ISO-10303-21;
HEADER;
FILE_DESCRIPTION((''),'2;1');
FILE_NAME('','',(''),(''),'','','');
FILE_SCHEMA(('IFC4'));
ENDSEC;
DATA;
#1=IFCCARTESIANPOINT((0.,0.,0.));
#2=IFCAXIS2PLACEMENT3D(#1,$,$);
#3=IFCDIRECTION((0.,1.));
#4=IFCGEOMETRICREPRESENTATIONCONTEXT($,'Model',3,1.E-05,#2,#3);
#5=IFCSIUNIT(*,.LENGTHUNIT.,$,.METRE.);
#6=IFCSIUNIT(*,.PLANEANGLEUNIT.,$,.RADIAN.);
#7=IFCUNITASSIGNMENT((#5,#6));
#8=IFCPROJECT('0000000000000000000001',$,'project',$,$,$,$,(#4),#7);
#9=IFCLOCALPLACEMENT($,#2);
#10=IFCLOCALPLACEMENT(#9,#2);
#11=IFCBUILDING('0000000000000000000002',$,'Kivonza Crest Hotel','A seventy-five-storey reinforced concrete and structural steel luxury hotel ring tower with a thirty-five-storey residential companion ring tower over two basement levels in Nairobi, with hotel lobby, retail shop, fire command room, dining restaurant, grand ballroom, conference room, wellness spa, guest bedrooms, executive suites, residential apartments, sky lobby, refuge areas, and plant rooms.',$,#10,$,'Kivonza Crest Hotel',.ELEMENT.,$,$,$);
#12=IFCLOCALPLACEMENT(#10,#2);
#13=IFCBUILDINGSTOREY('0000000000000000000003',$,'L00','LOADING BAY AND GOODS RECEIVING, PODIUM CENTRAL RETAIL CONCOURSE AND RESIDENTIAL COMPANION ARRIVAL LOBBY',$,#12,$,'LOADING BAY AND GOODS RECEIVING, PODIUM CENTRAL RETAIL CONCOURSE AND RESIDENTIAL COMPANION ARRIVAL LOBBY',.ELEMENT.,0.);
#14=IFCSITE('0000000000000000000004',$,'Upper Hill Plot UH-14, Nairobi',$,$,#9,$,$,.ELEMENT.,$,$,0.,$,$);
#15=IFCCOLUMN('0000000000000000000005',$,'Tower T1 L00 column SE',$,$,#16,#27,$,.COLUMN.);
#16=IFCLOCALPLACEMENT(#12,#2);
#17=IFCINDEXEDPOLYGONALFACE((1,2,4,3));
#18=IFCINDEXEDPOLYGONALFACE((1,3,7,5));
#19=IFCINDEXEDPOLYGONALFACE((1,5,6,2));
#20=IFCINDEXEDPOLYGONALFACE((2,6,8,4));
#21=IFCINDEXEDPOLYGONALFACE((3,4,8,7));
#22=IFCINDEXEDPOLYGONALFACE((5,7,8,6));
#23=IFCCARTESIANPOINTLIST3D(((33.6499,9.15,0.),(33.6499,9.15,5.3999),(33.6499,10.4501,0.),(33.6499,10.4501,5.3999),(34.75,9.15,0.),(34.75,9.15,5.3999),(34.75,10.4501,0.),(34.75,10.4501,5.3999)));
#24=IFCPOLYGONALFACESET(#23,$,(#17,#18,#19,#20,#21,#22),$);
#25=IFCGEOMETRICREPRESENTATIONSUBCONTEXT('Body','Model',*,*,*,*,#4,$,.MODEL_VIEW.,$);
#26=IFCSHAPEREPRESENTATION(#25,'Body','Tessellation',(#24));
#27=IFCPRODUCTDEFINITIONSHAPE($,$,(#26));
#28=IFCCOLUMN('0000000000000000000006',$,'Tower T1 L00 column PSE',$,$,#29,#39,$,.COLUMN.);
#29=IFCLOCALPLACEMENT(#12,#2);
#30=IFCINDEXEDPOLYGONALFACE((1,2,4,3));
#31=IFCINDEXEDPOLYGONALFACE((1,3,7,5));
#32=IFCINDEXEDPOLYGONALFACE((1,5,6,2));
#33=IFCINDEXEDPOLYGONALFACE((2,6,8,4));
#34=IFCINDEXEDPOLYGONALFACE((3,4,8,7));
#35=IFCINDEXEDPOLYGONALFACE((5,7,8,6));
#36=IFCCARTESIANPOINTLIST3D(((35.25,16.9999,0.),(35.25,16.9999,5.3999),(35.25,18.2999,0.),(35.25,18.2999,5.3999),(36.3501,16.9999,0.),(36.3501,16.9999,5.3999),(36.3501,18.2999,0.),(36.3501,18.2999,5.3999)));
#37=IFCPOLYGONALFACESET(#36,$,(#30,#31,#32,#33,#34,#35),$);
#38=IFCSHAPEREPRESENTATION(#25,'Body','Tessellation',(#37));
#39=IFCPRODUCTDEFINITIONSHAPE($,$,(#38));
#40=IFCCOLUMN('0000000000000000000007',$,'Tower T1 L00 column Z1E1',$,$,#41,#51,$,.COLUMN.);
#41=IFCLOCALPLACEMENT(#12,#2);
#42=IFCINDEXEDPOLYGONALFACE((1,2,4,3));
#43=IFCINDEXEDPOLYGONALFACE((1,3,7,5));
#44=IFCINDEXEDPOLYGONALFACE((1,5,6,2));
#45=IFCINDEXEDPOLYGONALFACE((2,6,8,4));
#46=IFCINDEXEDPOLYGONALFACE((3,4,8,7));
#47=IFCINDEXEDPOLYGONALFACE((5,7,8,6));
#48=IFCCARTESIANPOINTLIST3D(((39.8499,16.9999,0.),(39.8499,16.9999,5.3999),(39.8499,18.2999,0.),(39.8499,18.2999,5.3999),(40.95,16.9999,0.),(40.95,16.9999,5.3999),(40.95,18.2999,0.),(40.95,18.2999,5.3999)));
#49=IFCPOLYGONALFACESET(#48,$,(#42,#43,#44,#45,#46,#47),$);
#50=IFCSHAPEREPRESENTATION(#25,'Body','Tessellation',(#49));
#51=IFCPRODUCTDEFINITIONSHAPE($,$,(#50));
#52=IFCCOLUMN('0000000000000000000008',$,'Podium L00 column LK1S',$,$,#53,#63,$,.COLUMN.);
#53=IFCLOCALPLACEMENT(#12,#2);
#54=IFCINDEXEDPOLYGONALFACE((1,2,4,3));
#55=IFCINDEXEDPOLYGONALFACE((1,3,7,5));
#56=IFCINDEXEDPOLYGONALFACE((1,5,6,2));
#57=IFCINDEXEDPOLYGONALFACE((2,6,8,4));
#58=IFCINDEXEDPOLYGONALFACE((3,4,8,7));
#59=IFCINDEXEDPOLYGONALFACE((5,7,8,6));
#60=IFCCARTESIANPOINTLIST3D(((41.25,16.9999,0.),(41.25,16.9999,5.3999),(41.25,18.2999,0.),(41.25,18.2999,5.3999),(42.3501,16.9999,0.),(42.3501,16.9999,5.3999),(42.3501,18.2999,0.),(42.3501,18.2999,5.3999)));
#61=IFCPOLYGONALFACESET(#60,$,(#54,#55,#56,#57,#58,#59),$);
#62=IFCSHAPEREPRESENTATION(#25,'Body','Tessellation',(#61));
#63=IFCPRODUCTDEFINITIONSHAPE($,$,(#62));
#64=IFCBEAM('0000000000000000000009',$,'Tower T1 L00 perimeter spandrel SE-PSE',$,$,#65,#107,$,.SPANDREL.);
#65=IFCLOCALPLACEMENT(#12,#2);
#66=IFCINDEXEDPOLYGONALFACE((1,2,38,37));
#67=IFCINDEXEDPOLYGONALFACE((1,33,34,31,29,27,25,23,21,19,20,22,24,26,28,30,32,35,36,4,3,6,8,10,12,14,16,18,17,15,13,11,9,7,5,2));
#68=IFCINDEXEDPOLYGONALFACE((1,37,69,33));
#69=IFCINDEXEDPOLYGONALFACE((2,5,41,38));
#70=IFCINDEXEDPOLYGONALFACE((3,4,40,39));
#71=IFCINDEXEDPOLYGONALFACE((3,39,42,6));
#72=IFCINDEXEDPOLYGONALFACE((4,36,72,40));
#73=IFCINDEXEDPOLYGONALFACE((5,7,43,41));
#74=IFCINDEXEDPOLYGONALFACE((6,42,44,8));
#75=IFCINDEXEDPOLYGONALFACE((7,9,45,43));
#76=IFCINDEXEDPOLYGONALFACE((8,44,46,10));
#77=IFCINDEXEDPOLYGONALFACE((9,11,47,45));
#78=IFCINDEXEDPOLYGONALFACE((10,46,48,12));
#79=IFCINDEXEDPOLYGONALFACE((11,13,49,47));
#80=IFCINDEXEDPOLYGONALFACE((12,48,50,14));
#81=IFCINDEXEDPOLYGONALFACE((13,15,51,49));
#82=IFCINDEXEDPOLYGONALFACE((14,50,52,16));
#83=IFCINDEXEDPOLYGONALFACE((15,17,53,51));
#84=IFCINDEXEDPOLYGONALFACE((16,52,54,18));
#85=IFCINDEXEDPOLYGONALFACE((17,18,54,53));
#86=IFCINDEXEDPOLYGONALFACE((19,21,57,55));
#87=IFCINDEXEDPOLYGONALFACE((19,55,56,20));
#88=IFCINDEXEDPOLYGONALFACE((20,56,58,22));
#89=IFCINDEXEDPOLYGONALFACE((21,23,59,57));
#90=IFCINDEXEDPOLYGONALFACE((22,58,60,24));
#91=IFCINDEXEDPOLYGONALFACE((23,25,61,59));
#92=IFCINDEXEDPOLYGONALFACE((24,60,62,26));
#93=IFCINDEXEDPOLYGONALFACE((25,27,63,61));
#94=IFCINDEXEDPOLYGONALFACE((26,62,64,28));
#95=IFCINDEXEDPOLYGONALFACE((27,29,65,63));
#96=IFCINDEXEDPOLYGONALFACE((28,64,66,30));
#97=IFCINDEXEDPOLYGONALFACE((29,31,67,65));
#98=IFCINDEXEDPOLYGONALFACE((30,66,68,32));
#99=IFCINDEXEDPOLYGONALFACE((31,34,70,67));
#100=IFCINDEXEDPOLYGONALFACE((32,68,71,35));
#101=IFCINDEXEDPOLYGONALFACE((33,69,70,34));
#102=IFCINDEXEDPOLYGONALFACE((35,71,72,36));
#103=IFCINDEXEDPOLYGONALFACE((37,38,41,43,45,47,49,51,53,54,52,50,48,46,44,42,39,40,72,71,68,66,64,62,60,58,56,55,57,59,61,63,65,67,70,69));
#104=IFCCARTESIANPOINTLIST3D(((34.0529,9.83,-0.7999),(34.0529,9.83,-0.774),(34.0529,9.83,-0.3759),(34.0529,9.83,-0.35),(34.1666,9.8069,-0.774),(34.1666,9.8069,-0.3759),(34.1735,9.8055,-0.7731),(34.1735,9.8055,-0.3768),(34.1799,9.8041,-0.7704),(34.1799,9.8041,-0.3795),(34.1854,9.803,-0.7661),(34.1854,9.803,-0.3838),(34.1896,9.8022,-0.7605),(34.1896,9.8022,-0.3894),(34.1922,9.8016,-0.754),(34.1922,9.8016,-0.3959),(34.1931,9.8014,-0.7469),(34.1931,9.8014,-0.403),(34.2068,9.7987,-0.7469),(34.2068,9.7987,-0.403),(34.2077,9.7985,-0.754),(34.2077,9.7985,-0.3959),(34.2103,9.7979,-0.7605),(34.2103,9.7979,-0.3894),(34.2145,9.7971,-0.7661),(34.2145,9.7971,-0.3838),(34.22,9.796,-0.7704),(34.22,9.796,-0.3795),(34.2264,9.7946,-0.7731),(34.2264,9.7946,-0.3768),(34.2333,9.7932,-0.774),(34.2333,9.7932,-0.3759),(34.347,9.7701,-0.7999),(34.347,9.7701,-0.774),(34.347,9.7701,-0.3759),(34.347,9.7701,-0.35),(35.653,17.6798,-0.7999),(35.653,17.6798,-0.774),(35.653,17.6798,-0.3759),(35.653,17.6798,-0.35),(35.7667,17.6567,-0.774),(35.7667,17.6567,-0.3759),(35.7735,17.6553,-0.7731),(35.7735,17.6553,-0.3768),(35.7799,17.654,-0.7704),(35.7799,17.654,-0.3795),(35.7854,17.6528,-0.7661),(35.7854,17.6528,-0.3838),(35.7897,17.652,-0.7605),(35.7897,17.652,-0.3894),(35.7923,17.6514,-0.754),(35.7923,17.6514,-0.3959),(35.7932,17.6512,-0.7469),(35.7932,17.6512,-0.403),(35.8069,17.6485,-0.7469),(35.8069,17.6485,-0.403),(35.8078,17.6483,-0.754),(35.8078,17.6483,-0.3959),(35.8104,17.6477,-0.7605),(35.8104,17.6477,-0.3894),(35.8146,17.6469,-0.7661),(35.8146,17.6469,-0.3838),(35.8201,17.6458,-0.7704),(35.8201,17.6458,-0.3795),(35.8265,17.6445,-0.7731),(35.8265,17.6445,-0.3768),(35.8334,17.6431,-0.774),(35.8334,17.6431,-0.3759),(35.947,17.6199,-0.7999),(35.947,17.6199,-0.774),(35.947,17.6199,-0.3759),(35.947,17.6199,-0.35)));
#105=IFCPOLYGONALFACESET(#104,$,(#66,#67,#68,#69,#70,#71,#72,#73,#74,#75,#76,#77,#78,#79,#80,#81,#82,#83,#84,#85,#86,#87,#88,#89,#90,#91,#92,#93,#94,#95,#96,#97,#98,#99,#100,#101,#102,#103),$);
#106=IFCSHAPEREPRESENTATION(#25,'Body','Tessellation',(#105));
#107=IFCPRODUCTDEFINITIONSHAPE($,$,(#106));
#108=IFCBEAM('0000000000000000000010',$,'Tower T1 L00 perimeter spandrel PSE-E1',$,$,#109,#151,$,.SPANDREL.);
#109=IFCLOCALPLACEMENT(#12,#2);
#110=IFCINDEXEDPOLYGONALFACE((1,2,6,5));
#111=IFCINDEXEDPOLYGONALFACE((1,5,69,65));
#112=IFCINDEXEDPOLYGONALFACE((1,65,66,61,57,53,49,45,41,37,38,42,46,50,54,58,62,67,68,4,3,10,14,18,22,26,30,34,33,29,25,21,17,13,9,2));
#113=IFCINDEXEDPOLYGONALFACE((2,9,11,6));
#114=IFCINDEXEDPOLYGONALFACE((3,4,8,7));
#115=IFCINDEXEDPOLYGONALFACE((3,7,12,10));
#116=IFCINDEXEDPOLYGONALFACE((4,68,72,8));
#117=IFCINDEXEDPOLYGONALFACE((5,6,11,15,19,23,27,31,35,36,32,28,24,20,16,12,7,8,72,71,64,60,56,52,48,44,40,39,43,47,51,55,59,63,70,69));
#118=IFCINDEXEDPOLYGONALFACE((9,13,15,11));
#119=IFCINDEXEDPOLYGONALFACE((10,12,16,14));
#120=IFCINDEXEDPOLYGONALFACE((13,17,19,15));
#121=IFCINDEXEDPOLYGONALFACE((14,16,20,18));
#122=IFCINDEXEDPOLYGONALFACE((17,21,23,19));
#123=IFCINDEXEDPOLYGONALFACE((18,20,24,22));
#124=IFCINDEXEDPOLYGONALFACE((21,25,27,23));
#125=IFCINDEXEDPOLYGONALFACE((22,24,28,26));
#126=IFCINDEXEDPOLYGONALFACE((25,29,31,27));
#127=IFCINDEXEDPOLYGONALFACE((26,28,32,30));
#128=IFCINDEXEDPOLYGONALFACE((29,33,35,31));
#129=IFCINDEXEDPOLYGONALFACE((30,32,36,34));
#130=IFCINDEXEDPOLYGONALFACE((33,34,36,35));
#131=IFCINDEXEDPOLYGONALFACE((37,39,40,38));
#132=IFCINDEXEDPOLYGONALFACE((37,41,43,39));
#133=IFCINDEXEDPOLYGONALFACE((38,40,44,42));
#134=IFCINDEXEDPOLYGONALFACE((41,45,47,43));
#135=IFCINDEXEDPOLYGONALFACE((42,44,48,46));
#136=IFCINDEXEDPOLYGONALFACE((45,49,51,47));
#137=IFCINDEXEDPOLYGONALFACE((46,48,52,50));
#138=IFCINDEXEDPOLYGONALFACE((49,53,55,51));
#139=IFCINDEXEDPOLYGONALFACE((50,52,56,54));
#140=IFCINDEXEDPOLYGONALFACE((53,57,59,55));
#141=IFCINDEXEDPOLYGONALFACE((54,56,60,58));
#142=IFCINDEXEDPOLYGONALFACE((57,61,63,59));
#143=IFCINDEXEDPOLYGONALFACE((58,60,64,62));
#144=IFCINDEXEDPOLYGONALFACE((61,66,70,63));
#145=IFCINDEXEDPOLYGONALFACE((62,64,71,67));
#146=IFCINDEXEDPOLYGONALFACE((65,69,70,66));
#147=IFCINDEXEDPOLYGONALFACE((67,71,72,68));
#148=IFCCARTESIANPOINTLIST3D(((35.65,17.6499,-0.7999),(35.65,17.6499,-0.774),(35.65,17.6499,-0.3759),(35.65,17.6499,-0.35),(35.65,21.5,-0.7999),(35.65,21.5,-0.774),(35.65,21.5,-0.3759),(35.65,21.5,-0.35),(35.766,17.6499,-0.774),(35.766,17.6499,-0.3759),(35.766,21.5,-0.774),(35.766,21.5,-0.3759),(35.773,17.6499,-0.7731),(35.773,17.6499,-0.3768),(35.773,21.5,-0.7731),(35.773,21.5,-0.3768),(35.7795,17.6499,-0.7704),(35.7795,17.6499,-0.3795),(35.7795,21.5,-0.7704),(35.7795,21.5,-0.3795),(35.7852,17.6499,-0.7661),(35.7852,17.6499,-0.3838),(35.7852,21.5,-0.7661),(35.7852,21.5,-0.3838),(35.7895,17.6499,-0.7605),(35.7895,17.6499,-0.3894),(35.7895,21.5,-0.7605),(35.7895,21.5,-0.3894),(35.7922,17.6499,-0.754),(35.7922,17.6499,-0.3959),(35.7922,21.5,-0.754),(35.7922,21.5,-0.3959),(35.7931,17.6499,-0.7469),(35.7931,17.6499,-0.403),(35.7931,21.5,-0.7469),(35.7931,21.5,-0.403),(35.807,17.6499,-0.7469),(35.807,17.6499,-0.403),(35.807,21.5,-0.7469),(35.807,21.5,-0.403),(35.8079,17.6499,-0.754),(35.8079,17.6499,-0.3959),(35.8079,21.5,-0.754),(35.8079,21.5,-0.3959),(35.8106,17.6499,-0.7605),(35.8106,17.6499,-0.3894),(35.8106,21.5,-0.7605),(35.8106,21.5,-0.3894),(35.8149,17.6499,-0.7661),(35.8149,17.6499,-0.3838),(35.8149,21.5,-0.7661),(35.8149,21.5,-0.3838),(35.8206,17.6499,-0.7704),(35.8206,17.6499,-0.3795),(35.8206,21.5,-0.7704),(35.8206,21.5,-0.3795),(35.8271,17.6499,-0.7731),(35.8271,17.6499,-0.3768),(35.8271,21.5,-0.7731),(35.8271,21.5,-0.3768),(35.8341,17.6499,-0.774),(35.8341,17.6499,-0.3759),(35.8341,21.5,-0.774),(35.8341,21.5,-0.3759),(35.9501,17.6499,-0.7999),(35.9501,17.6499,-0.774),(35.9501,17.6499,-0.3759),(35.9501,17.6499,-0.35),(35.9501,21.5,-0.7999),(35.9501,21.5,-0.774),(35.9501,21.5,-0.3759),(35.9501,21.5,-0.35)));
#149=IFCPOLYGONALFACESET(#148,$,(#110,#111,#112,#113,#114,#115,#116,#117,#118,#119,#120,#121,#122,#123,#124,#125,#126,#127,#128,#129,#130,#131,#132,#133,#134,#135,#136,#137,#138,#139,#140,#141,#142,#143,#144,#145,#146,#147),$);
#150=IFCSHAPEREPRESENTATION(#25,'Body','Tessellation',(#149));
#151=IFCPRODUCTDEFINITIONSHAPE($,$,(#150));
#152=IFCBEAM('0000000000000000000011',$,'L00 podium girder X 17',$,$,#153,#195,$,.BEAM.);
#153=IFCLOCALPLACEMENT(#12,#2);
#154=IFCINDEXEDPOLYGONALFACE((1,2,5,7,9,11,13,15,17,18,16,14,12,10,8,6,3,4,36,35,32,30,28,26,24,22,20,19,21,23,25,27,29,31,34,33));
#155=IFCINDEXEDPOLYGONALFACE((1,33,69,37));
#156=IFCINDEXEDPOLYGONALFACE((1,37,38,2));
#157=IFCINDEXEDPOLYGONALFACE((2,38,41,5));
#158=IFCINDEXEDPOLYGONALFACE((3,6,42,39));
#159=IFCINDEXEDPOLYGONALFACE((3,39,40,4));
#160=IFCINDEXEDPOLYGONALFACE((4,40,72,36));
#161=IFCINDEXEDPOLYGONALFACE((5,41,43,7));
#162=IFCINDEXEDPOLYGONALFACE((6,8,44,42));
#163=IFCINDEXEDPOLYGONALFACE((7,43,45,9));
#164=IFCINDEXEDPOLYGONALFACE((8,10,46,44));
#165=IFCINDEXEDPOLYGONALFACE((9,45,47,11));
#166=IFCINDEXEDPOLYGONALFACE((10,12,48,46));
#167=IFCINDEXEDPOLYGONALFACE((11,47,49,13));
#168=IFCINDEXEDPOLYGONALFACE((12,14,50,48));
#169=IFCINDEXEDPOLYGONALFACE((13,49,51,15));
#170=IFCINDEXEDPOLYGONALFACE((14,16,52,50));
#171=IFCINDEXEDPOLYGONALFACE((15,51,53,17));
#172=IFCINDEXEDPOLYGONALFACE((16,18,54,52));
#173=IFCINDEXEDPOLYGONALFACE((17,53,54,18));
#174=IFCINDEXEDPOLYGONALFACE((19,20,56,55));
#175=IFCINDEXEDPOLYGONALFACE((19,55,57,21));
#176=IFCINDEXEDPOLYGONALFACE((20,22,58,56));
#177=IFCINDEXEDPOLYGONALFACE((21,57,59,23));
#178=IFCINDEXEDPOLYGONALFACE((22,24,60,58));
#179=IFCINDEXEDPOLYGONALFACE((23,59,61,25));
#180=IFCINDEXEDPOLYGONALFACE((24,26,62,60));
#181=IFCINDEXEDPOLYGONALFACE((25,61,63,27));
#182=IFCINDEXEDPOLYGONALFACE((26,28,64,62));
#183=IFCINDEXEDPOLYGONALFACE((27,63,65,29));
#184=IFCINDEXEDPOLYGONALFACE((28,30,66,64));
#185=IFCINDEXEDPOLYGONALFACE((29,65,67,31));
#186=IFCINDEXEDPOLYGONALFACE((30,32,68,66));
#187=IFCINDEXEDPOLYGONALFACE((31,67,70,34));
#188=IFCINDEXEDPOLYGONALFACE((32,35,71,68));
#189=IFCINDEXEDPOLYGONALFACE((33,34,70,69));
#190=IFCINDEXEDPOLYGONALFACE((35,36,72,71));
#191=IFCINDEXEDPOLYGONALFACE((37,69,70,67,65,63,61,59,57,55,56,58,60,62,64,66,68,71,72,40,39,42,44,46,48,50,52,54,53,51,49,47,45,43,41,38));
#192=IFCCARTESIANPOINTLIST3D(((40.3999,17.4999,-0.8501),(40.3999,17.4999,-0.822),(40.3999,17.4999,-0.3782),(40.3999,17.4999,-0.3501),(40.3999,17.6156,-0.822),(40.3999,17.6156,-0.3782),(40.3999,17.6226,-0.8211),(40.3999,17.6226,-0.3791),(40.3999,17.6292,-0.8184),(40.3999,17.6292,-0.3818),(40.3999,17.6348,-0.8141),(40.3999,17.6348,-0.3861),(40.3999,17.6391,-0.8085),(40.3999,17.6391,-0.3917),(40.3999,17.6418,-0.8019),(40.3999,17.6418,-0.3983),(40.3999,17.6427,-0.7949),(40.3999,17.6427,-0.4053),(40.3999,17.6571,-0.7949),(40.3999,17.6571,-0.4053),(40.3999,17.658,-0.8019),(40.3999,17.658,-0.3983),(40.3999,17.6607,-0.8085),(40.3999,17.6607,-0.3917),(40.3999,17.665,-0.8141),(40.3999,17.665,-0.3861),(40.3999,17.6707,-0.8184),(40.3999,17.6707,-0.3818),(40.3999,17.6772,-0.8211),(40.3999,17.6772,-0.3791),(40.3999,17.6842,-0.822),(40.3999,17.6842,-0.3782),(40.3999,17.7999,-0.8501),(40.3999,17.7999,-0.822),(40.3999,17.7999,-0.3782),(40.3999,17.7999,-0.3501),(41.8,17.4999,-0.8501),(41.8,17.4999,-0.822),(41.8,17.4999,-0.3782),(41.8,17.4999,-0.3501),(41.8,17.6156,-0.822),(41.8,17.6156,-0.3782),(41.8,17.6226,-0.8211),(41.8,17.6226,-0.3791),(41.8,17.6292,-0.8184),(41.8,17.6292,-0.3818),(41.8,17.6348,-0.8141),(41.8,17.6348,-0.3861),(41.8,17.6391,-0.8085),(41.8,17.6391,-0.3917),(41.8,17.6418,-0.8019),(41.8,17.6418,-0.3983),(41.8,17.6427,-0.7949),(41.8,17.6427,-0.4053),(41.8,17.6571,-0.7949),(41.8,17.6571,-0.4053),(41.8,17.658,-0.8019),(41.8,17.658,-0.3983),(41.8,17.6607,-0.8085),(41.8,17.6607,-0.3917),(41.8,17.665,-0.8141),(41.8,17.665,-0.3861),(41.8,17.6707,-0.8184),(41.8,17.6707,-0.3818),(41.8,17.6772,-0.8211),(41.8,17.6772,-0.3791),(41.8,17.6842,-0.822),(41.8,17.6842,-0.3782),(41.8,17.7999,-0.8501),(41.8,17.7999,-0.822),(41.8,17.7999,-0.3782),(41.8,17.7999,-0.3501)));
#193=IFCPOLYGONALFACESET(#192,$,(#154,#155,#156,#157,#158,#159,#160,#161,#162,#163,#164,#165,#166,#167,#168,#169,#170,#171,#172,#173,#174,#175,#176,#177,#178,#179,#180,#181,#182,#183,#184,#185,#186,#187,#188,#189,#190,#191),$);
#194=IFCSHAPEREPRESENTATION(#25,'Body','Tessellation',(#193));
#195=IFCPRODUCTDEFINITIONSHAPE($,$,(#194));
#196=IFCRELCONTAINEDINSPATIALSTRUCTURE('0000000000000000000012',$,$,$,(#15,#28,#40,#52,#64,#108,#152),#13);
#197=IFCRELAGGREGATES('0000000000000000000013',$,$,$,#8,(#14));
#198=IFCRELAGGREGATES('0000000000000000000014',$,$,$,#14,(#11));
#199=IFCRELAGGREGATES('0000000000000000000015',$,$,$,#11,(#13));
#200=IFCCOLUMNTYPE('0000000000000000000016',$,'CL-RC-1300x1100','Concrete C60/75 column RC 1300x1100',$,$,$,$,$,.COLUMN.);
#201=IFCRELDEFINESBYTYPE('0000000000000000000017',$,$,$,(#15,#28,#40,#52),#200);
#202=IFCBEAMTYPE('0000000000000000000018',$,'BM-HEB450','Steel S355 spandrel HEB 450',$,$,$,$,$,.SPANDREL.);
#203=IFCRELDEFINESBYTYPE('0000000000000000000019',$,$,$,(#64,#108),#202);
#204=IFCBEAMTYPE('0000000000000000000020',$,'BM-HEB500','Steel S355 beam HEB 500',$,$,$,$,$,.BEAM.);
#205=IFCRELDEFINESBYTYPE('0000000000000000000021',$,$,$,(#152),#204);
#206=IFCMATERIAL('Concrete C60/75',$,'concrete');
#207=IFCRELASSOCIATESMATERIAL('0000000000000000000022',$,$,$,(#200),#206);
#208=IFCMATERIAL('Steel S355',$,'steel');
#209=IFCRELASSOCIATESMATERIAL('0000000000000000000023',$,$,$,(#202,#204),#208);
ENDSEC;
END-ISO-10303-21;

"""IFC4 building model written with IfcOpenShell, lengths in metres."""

from ifc_helpers import new_model, si_unit, direction, frame, origin, origin_2d, place, context, subcontext, project, spatial, rectangle, i_section, extrude, material, material_profile, profile_set, type_object, element, save


model = new_model("IFC4")

# Units and contexts
model_context = context("Model", 3, precision=1e-05, world=origin(), true_north=direction((0.0, 1.0)))
body_context = subcontext(model_context, "Body", "Model", "MODEL_VIEW")
ifc_project = project(units=[si_unit("LENGTHUNIT", "METRE"), si_unit("PLANEANGLEUNIT", "RADIAN")], contexts=[model_context])

# Site, building, storey
site_placement = place(None, origin())
site = spatial("IfcSite", under=ifc_project, at=site_placement, Name="Upper Hill Plot UH-14, Nairobi", CompositionType="ELEMENT", RefElevation=0.0)
building_placement = place(site_placement, origin())
building = spatial("IfcBuilding", under=site, at=building_placement, Name="Kivonza Crest Hotel", Description="A seventy-five-storey reinforced concrete and structural steel luxury hotel ring tower with a thirty-five-storey residential companion ring tower over two basement levels in Nairobi, with hotel lobby, retail shop, fire command room, dining restaurant, grand ballroom, conference room, wellness spa, guest bedrooms, executive suites, residential apartments, sky lobby, refuge areas, and plant rooms.", LongName="Kivonza Crest Hotel", CompositionType="ELEMENT")
storey_placement = place(building_placement, origin())
storey = spatial("IfcBuildingStorey", under=building, at=storey_placement, Name="L00", Description="LOADING BAY AND GOODS RECEIVING, PODIUM CENTRAL RETAIL CONCOURSE AND RESIDENTIAL COMPANION ARRIVAL LOBBY", LongName="LOADING BAY AND GOODS RECEIVING, PODIUM CENTRAL RETAIL CONCOURSE AND RESIDENTIAL COMPANION ARRIVAL LOBBY", CompositionType="ELEMENT", Elevation=0.0)

# Columns
ifc_material_1 = material(Name="Concrete C60/75", Category="concrete")
ifc_material_profile_1 = material_profile(ifc_material_1, rectangle(XDim=1.1001, YDim=1.3, at=origin_2d()), Name="RC 1300x1100")
ifc_profile_set_1 = profile_set([ifc_material_profile_1], Name="Concrete C60/75")
column_type = type_object("IfcColumnType", Name="CL-RC-1300x1100", Description="Concrete C60/75 column RC 1300x1100", PredefinedType="COLUMN", material=ifc_profile_set_1)
for number, where, z_axis, x_axis, name in (
    (1, (34.2, 9.8, 0.0), (0.0, 0.0, 1.0), (1.0, 0.0, 0.0), "Tower T1 L00 column SE"),
    (2, (35.8, 17.6499, 0.0), (0.0, 0.0, 1.0), (1.0, 0.0, 0.0), "Tower T1 L00 column PSE"),
    (3, (40.3999, 17.6499, 0.0), (0.0, 0.0, 1.0), (1.0, 0.0, 0.0), "Tower T1 L00 column Z1E1"),
    (4, (41.8, 17.6499, 0.0), (0.0, 0.0, 1.0), (1.0, 0.0, 0.0), "Podium L00 column LK1S"),
):
    element("IfcColumn", number, at=place(storey_placement, frame(where, z_axis=z_axis, x_axis=x_axis)), inside=storey, type_object=column_type, Name=name, PredefinedType="COLUMN", context=body_context, shape_type="SweptSolid", body=[
        extrude(rectangle(XDim=1.1001, YDim=1.3, at=origin_2d()), origin(), (0.0, 0.0, 1.0), 5.3999),
    ])

# Beams
ifc_material_2 = material(Name="Steel S355", Category="steel")
ifc_material_profile_2 = material_profile(ifc_material_2, i_section(OverallWidth=0.3, OverallDepth=0.45, WebThickness=0.0139, FlangeThickness=0.0259, FilletRadius=0.0271, at=origin_2d()), Name="HEB 450")
ifc_profile_set_2 = profile_set([ifc_material_profile_2], Name="Steel S355")
beam_type_1 = type_object("IfcBeamType", Name="BM-HEB450", Description="Steel S355 spandrel HEB 450", PredefinedType="SPANDREL", material=ifc_profile_set_2)
beam_1_placement = place(storey_placement, frame((34.2, 9.8, -0.575), z_axis=(0.199731, 0.979851, 0.0), x_axis=(-0.979851, 0.199731, 0.0)))
element("IfcBeam", 5, at=beam_1_placement, inside=storey, type_object=beam_type_1, Name="Tower T1 L00 perimeter spandrel SE-PSE", PredefinedType="SPANDREL", context=body_context, shape_type="SweptSolid", body=[
    extrude(i_section(OverallWidth=0.3, OverallDepth=0.45, WebThickness=0.0139, FlangeThickness=0.0259, FilletRadius=0.0271, at=origin_2d()), origin(), (0.0, 0.0, 1.0), 8.0112),
])
beam_2_placement = place(storey_placement, frame((35.8, 17.6499, -0.575), z_axis=(0.0, 1.0, 0.0), x_axis=(-1.0, 0.0, 0.0)))
element("IfcBeam", 6, at=beam_2_placement, inside=storey, type_object=beam_type_1, Name="Tower T1 L00 perimeter spandrel PSE-E1", PredefinedType="SPANDREL", context=body_context, shape_type="SweptSolid", body=[
    extrude(i_section(OverallWidth=0.3, OverallDepth=0.45, WebThickness=0.0139, FlangeThickness=0.0259, FilletRadius=0.0271, at=origin_2d()), origin(), (0.0, 0.0, 1.0), 3.8501),
])
ifc_material_profile_3 = material_profile(ifc_material_2, i_section(OverallWidth=0.3, OverallDepth=0.5, WebThickness=0.0144, FlangeThickness=0.0281, FilletRadius=0.0271, at=origin_2d()), Name="HEB 500")
ifc_profile_set_3 = profile_set([ifc_material_profile_3], Name="Steel S355")
beam_type_2 = type_object("IfcBeamType", Name="BM-HEB500", Description="Steel S355 beam HEB 500", PredefinedType="BEAM", material=ifc_profile_set_3)
beam_3_placement = place(storey_placement, frame((40.3999, 17.6499, -0.6001), z_axis=(1.0, 0.0, 0.0), x_axis=(0.0, 1.0, 0.0)))
element("IfcBeam", 7, at=beam_3_placement, inside=storey, type_object=beam_type_2, Name="L00 podium girder X 17", PredefinedType="BEAM", context=body_context, shape_type="SweptSolid", body=[
    extrude(i_section(OverallWidth=0.3, OverallDepth=0.5, WebThickness=0.0144, FlangeThickness=0.0281, FilletRadius=0.0271, at=origin_2d()), origin(), (0.0, 0.0, 1.0), 1.4001),
])

save(model, "model.ifc")
